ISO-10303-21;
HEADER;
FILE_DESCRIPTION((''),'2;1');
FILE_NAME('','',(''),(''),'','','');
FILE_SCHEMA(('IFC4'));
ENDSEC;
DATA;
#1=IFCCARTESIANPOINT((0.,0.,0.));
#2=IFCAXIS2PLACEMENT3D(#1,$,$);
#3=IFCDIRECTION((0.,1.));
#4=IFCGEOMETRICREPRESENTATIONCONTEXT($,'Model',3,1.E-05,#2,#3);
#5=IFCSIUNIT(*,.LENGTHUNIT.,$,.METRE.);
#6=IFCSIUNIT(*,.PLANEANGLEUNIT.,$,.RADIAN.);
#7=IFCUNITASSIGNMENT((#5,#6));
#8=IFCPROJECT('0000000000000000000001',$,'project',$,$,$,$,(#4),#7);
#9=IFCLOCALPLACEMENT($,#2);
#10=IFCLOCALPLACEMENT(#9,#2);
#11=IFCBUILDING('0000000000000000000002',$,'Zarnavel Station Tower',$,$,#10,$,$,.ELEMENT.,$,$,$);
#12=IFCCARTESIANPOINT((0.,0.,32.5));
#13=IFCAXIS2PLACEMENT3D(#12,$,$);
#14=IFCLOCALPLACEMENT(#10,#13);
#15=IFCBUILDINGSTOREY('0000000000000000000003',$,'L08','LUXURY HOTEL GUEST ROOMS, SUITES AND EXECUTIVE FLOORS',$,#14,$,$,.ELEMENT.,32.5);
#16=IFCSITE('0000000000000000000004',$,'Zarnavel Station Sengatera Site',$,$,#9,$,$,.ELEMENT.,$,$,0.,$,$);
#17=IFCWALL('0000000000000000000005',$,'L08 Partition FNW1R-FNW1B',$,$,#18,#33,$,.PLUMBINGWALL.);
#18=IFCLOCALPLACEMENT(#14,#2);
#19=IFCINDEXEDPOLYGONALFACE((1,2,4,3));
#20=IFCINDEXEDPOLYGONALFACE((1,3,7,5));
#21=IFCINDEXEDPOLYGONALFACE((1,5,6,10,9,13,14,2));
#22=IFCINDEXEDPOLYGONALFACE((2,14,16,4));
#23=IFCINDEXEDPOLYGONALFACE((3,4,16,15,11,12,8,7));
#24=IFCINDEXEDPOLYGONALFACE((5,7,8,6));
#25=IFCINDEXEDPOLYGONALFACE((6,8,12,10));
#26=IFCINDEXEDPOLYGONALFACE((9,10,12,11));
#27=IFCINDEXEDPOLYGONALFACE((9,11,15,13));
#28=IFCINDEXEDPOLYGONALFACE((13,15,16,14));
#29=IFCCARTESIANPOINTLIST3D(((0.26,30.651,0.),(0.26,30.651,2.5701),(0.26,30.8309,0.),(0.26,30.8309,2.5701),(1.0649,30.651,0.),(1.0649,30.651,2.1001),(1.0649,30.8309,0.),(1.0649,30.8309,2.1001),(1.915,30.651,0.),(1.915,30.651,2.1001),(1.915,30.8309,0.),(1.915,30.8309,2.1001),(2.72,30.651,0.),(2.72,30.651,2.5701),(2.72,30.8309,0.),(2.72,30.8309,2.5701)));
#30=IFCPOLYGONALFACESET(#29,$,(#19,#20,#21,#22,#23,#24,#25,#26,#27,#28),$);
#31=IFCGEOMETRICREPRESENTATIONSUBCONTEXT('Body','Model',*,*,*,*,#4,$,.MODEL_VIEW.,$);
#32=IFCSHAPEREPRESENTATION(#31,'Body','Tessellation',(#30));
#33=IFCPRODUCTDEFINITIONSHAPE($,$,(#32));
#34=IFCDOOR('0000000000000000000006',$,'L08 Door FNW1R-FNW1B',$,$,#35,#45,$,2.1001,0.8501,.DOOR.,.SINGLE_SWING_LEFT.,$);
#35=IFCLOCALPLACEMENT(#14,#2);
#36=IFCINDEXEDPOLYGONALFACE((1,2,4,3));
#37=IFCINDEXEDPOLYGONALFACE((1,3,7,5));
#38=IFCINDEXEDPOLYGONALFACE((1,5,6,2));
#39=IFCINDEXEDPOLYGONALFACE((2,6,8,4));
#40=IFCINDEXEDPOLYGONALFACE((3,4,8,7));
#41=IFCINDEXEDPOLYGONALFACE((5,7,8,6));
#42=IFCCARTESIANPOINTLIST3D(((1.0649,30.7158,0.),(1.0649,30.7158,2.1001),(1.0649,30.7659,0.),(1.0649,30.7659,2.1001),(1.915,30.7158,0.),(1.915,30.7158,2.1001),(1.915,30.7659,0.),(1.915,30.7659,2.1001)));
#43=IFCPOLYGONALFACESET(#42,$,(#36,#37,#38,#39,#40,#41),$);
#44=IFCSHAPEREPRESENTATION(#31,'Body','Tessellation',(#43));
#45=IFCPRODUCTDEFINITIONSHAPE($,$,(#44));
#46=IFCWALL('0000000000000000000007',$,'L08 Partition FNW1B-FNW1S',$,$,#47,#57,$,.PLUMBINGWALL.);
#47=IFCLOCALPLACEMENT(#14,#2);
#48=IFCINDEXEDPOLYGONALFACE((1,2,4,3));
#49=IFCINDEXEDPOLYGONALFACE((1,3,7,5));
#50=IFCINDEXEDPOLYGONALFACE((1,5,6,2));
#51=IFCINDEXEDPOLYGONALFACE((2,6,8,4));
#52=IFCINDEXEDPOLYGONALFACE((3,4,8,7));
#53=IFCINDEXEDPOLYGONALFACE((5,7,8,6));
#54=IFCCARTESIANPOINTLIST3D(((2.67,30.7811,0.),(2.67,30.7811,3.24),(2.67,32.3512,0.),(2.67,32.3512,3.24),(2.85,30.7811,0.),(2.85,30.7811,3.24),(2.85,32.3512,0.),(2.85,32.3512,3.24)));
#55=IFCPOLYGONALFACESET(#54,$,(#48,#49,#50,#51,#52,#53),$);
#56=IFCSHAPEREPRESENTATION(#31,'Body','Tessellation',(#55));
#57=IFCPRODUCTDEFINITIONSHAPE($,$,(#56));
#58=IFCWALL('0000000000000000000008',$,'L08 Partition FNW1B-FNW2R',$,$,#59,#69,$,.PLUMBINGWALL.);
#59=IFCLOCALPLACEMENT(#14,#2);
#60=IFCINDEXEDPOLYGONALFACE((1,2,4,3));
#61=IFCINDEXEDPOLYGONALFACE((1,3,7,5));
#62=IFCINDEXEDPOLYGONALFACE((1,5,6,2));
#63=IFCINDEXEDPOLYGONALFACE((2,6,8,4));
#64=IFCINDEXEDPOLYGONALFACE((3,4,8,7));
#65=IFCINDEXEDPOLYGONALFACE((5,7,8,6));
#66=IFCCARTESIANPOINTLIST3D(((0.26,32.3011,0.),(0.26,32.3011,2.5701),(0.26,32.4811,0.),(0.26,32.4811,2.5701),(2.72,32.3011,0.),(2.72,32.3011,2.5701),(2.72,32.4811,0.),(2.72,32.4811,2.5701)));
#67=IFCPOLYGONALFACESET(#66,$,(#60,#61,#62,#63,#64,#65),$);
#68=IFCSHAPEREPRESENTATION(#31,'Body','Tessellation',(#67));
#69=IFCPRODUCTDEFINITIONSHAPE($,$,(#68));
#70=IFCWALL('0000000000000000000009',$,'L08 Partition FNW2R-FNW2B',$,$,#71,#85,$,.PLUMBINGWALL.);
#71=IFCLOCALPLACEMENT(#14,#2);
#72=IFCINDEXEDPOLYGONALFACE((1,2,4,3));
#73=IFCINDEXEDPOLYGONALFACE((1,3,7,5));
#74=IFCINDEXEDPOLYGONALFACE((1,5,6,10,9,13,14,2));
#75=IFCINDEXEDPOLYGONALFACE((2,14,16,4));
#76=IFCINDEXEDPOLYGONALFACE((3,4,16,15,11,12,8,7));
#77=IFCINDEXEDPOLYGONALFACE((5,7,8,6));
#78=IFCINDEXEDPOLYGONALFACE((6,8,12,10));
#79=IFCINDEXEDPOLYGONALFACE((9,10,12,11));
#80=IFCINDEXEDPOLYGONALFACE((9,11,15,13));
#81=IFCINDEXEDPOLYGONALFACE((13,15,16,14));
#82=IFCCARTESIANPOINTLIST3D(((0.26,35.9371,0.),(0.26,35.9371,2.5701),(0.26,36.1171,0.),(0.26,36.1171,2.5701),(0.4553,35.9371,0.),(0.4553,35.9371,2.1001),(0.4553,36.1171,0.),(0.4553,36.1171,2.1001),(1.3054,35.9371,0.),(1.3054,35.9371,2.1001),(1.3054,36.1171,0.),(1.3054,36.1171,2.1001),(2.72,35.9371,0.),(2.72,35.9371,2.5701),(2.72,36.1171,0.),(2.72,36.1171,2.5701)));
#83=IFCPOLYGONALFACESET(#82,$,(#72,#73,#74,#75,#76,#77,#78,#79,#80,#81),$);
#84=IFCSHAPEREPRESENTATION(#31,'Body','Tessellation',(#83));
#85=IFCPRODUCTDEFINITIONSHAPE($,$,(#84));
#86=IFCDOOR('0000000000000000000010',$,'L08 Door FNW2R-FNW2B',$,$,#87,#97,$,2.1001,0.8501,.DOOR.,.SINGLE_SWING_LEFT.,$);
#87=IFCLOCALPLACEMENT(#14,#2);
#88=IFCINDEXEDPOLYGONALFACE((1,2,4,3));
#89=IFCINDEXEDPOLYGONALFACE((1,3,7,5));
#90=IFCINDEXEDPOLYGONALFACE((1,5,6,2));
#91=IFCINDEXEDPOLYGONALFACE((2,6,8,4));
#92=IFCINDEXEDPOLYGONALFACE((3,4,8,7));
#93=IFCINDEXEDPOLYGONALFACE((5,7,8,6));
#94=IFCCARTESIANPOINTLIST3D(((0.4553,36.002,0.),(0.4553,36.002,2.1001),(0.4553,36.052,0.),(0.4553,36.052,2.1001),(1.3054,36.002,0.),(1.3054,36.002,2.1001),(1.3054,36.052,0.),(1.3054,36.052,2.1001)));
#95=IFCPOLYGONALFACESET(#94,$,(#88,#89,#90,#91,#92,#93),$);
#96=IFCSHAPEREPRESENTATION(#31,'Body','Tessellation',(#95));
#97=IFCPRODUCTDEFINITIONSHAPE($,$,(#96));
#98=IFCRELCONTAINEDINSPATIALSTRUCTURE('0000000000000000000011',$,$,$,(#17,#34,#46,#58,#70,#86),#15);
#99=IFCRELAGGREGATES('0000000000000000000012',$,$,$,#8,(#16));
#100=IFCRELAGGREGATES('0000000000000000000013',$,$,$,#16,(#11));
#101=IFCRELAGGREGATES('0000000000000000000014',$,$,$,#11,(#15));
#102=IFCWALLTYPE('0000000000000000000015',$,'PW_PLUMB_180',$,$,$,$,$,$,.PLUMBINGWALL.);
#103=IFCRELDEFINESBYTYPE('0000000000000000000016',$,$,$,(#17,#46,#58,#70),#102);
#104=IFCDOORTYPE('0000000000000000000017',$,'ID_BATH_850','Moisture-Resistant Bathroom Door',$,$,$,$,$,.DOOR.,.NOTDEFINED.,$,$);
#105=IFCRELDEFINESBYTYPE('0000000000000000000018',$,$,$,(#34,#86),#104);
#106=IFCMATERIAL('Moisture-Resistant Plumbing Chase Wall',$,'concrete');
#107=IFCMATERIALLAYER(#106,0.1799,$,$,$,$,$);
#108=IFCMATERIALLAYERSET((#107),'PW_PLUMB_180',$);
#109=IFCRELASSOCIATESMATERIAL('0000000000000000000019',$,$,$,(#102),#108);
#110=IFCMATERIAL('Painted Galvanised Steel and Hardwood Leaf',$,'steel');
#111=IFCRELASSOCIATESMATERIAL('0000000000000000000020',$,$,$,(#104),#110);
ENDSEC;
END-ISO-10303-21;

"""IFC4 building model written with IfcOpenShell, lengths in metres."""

from ifc_helpers import new_model, si_unit, direction, frame, frame_2d, origin, place, context, subcontext, project, spatial, rectangle, extrude, material, layer, layer_set, type_object, element, fill, save


model = new_model("IFC4")

# Units and contexts
model_context = context("Model", 3, precision=1e-05, world=origin(), true_north=direction((0.0, 1.0)))
body_context = subcontext(model_context, "Body", "Model", "MODEL_VIEW")
ifc_project = project(units=[si_unit("LENGTHUNIT", "METRE"), si_unit("PLANEANGLEUNIT", "RADIAN")], contexts=[model_context])

# Site, building, storey
site_placement = place(None, origin())
site = spatial("IfcSite", under=ifc_project, at=site_placement, Name="Zarnavel Station Sengatera Site", CompositionType="ELEMENT", RefElevation=0.0)
building_placement = place(site_placement, origin())
building = spatial("IfcBuilding", under=site, at=building_placement, Name="Zarnavel Station Tower", CompositionType="ELEMENT")
storey_placement = place(building_placement, frame((0.0, 0.0, 32.5)))
storey = spatial("IfcBuildingStorey", under=building, at=storey_placement, Name="L08", Description="LUXURY HOTEL GUEST ROOMS, SUITES AND EXECUTIVE FLOORS", CompositionType="ELEMENT", Elevation=32.5)

# Shared definitions
ifc_material_1 = material(Name="Moisture-Resistant Plumbing Chase Wall", Category="concrete")
ifc_layer_1 = layer(ifc_material_1, 0.1799)
ifc_layer_set_1 = layer_set([ifc_layer_1], Name="PW_PLUMB_180")
wall_type_1 = type_object("IfcWallType", Name="PW_PLUMB_180", PredefinedType="PLUMBINGWALL", material=ifc_layer_set_1)

# Wall, opening, door
wall_1_placement = place(storey_placement, frame((0.26, 30.741, 0.0), z_axis=(0.0, 0.0, 1.0), x_axis=(1.0, 0.0, 0.0)))
wall_1 = element("IfcWall", 1, at=wall_1_placement, inside=storey, type_object=wall_type_1, Name="L08 Partition FNW1R-FNW1B", PredefinedType="PLUMBINGWALL", context=body_context, shape_type="SweptSolid", body=[
    extrude(rectangle(XDim=2.46, YDim=0.1799, at=frame_2d((1.23, 0.0))), origin(), (0.0, 0.0, 1.0), 2.5701),
])
opening_1_placement = place(wall_1_placement, frame((0.8049, 0.0, 0.0)))
opening_1 = element("IfcOpeningElement", 2, at=opening_1_placement, cuts=wall_1, PredefinedType="OPENING", context=body_context, shape_type="SweptSolid", body=[
    extrude(rectangle(XDim=0.8501, YDim=2.1001, at=frame_2d((0.425, 1.05))), frame((0.0, 0.0999, 0.0), z_axis=(0.0, -1.0, 0.0), x_axis=(1.0, 0.0, 0.0)), (0.0, 0.0, 1.0), 0.2),
])
ifc_material_2 = material(Name="Painted Galvanised Steel and Hardwood Leaf", Category="steel")
door_type_1 = type_object("IfcDoorType", Name="ID_BATH_850", Description="Moisture-Resistant Bathroom Door", OperationType="NOTDEFINED", PredefinedType="DOOR", material=ifc_material_2)
door_1_placement = place(opening_1_placement, origin())
door_1 = element("IfcDoor", 3, at=door_1_placement, inside=storey, type_object=door_type_1, Name="L08 Door FNW1R-FNW1B", OperationType="SINGLE_SWING_LEFT", OverallHeight=2.1001, OverallWidth=0.8501, PredefinedType="DOOR", context=body_context, shape_type="SweptSolid", body=[
    extrude(rectangle(XDim=0.8501, YDim=2.1001, at=frame_2d((0.425, 1.05))), frame((0.0, 0.0249, 0.0), z_axis=(0.0, -1.0, 0.0), x_axis=(1.0, 0.0, 0.0)), (0.0, 0.0, 1.0), 0.05),
])
fill(opening_1, door_1)

# Walls
wall_2_placement = place(storey_placement, frame((2.76, 30.781, 0.0), z_axis=(0.0, 0.0, 1.0), x_axis=(0.0, 1.0, 0.0)))
element("IfcWall", 4, at=wall_2_placement, inside=storey, type_object=wall_type_1, Name="L08 Partition FNW1B-FNW1S", PredefinedType="PLUMBINGWALL", context=body_context, shape_type="SweptSolid", body=[
    extrude(rectangle(XDim=1.5701, YDim=0.1799, at=frame_2d((0.7852, 0.0))), origin(), (0.0, 0.0, 1.0), 3.24),
])
wall_3_placement = place(storey_placement, frame((0.26, 32.3911, 0.0), z_axis=(0.0, 0.0, 1.0), x_axis=(1.0, 0.0, 0.0)))
element("IfcWall", 5, at=wall_3_placement, inside=storey, type_object=wall_type_1, Name="L08 Partition FNW1B-FNW2R", PredefinedType="PLUMBINGWALL", context=body_context, shape_type="SweptSolid", body=[
    extrude(rectangle(XDim=2.46, YDim=0.1799, at=frame_2d((1.23, 0.0))), origin(), (0.0, 0.0, 1.0), 2.5701),
])

# Wall, opening, door
wall_4_placement = place(storey_placement, frame((0.26, 36.0271, 0.0), z_axis=(0.0, 0.0, 1.0), x_axis=(1.0, 0.0, 0.0)))
wall_4 = element("IfcWall", 6, at=wall_4_placement, inside=storey, type_object=wall_type_1, Name="L08 Partition FNW2R-FNW2B", PredefinedType="PLUMBINGWALL", context=body_context, shape_type="SweptSolid", body=[
    extrude(rectangle(XDim=2.46, YDim=0.1799, at=frame_2d((1.23, 0.0))), origin(), (0.0, 0.0, 1.0), 2.5701),
])
opening_2_placement = place(wall_4_placement, frame((0.1953, 0.0, 0.0)))
opening_2 = element("IfcOpeningElement", 7, at=opening_2_placement, cuts=wall_4, PredefinedType="OPENING", context=body_context, shape_type="SweptSolid", body=[
    extrude(rectangle(XDim=0.8501, YDim=2.1001, at=frame_2d((0.425, 1.05))), frame((0.0, 0.0999, 0.0), z_axis=(0.0, -1.0, 0.0), x_axis=(1.0, 0.0, 0.0)), (0.0, 0.0, 1.0), 0.2),
])
door_2_placement = place(opening_2_placement, origin())
door_2 = element("IfcDoor", 8, at=door_2_placement, inside=storey, type_object=door_type_1, Name="L08 Door FNW2R-FNW2B", OperationType="SINGLE_SWING_LEFT", OverallHeight=2.1001, OverallWidth=0.8501, PredefinedType="DOOR", context=body_context, shape_type="SweptSolid", body=[
    extrude(rectangle(XDim=0.8501, YDim=2.1001, at=frame_2d((0.425, 1.05))), frame((0.0, 0.0249, 0.0), z_axis=(0.0, -1.0, 0.0), x_axis=(1.0, 0.0, 0.0)), (0.0, 0.0, 1.0), 0.05),
])
fill(opening_2, door_2)

save(model, "model.ifc")
